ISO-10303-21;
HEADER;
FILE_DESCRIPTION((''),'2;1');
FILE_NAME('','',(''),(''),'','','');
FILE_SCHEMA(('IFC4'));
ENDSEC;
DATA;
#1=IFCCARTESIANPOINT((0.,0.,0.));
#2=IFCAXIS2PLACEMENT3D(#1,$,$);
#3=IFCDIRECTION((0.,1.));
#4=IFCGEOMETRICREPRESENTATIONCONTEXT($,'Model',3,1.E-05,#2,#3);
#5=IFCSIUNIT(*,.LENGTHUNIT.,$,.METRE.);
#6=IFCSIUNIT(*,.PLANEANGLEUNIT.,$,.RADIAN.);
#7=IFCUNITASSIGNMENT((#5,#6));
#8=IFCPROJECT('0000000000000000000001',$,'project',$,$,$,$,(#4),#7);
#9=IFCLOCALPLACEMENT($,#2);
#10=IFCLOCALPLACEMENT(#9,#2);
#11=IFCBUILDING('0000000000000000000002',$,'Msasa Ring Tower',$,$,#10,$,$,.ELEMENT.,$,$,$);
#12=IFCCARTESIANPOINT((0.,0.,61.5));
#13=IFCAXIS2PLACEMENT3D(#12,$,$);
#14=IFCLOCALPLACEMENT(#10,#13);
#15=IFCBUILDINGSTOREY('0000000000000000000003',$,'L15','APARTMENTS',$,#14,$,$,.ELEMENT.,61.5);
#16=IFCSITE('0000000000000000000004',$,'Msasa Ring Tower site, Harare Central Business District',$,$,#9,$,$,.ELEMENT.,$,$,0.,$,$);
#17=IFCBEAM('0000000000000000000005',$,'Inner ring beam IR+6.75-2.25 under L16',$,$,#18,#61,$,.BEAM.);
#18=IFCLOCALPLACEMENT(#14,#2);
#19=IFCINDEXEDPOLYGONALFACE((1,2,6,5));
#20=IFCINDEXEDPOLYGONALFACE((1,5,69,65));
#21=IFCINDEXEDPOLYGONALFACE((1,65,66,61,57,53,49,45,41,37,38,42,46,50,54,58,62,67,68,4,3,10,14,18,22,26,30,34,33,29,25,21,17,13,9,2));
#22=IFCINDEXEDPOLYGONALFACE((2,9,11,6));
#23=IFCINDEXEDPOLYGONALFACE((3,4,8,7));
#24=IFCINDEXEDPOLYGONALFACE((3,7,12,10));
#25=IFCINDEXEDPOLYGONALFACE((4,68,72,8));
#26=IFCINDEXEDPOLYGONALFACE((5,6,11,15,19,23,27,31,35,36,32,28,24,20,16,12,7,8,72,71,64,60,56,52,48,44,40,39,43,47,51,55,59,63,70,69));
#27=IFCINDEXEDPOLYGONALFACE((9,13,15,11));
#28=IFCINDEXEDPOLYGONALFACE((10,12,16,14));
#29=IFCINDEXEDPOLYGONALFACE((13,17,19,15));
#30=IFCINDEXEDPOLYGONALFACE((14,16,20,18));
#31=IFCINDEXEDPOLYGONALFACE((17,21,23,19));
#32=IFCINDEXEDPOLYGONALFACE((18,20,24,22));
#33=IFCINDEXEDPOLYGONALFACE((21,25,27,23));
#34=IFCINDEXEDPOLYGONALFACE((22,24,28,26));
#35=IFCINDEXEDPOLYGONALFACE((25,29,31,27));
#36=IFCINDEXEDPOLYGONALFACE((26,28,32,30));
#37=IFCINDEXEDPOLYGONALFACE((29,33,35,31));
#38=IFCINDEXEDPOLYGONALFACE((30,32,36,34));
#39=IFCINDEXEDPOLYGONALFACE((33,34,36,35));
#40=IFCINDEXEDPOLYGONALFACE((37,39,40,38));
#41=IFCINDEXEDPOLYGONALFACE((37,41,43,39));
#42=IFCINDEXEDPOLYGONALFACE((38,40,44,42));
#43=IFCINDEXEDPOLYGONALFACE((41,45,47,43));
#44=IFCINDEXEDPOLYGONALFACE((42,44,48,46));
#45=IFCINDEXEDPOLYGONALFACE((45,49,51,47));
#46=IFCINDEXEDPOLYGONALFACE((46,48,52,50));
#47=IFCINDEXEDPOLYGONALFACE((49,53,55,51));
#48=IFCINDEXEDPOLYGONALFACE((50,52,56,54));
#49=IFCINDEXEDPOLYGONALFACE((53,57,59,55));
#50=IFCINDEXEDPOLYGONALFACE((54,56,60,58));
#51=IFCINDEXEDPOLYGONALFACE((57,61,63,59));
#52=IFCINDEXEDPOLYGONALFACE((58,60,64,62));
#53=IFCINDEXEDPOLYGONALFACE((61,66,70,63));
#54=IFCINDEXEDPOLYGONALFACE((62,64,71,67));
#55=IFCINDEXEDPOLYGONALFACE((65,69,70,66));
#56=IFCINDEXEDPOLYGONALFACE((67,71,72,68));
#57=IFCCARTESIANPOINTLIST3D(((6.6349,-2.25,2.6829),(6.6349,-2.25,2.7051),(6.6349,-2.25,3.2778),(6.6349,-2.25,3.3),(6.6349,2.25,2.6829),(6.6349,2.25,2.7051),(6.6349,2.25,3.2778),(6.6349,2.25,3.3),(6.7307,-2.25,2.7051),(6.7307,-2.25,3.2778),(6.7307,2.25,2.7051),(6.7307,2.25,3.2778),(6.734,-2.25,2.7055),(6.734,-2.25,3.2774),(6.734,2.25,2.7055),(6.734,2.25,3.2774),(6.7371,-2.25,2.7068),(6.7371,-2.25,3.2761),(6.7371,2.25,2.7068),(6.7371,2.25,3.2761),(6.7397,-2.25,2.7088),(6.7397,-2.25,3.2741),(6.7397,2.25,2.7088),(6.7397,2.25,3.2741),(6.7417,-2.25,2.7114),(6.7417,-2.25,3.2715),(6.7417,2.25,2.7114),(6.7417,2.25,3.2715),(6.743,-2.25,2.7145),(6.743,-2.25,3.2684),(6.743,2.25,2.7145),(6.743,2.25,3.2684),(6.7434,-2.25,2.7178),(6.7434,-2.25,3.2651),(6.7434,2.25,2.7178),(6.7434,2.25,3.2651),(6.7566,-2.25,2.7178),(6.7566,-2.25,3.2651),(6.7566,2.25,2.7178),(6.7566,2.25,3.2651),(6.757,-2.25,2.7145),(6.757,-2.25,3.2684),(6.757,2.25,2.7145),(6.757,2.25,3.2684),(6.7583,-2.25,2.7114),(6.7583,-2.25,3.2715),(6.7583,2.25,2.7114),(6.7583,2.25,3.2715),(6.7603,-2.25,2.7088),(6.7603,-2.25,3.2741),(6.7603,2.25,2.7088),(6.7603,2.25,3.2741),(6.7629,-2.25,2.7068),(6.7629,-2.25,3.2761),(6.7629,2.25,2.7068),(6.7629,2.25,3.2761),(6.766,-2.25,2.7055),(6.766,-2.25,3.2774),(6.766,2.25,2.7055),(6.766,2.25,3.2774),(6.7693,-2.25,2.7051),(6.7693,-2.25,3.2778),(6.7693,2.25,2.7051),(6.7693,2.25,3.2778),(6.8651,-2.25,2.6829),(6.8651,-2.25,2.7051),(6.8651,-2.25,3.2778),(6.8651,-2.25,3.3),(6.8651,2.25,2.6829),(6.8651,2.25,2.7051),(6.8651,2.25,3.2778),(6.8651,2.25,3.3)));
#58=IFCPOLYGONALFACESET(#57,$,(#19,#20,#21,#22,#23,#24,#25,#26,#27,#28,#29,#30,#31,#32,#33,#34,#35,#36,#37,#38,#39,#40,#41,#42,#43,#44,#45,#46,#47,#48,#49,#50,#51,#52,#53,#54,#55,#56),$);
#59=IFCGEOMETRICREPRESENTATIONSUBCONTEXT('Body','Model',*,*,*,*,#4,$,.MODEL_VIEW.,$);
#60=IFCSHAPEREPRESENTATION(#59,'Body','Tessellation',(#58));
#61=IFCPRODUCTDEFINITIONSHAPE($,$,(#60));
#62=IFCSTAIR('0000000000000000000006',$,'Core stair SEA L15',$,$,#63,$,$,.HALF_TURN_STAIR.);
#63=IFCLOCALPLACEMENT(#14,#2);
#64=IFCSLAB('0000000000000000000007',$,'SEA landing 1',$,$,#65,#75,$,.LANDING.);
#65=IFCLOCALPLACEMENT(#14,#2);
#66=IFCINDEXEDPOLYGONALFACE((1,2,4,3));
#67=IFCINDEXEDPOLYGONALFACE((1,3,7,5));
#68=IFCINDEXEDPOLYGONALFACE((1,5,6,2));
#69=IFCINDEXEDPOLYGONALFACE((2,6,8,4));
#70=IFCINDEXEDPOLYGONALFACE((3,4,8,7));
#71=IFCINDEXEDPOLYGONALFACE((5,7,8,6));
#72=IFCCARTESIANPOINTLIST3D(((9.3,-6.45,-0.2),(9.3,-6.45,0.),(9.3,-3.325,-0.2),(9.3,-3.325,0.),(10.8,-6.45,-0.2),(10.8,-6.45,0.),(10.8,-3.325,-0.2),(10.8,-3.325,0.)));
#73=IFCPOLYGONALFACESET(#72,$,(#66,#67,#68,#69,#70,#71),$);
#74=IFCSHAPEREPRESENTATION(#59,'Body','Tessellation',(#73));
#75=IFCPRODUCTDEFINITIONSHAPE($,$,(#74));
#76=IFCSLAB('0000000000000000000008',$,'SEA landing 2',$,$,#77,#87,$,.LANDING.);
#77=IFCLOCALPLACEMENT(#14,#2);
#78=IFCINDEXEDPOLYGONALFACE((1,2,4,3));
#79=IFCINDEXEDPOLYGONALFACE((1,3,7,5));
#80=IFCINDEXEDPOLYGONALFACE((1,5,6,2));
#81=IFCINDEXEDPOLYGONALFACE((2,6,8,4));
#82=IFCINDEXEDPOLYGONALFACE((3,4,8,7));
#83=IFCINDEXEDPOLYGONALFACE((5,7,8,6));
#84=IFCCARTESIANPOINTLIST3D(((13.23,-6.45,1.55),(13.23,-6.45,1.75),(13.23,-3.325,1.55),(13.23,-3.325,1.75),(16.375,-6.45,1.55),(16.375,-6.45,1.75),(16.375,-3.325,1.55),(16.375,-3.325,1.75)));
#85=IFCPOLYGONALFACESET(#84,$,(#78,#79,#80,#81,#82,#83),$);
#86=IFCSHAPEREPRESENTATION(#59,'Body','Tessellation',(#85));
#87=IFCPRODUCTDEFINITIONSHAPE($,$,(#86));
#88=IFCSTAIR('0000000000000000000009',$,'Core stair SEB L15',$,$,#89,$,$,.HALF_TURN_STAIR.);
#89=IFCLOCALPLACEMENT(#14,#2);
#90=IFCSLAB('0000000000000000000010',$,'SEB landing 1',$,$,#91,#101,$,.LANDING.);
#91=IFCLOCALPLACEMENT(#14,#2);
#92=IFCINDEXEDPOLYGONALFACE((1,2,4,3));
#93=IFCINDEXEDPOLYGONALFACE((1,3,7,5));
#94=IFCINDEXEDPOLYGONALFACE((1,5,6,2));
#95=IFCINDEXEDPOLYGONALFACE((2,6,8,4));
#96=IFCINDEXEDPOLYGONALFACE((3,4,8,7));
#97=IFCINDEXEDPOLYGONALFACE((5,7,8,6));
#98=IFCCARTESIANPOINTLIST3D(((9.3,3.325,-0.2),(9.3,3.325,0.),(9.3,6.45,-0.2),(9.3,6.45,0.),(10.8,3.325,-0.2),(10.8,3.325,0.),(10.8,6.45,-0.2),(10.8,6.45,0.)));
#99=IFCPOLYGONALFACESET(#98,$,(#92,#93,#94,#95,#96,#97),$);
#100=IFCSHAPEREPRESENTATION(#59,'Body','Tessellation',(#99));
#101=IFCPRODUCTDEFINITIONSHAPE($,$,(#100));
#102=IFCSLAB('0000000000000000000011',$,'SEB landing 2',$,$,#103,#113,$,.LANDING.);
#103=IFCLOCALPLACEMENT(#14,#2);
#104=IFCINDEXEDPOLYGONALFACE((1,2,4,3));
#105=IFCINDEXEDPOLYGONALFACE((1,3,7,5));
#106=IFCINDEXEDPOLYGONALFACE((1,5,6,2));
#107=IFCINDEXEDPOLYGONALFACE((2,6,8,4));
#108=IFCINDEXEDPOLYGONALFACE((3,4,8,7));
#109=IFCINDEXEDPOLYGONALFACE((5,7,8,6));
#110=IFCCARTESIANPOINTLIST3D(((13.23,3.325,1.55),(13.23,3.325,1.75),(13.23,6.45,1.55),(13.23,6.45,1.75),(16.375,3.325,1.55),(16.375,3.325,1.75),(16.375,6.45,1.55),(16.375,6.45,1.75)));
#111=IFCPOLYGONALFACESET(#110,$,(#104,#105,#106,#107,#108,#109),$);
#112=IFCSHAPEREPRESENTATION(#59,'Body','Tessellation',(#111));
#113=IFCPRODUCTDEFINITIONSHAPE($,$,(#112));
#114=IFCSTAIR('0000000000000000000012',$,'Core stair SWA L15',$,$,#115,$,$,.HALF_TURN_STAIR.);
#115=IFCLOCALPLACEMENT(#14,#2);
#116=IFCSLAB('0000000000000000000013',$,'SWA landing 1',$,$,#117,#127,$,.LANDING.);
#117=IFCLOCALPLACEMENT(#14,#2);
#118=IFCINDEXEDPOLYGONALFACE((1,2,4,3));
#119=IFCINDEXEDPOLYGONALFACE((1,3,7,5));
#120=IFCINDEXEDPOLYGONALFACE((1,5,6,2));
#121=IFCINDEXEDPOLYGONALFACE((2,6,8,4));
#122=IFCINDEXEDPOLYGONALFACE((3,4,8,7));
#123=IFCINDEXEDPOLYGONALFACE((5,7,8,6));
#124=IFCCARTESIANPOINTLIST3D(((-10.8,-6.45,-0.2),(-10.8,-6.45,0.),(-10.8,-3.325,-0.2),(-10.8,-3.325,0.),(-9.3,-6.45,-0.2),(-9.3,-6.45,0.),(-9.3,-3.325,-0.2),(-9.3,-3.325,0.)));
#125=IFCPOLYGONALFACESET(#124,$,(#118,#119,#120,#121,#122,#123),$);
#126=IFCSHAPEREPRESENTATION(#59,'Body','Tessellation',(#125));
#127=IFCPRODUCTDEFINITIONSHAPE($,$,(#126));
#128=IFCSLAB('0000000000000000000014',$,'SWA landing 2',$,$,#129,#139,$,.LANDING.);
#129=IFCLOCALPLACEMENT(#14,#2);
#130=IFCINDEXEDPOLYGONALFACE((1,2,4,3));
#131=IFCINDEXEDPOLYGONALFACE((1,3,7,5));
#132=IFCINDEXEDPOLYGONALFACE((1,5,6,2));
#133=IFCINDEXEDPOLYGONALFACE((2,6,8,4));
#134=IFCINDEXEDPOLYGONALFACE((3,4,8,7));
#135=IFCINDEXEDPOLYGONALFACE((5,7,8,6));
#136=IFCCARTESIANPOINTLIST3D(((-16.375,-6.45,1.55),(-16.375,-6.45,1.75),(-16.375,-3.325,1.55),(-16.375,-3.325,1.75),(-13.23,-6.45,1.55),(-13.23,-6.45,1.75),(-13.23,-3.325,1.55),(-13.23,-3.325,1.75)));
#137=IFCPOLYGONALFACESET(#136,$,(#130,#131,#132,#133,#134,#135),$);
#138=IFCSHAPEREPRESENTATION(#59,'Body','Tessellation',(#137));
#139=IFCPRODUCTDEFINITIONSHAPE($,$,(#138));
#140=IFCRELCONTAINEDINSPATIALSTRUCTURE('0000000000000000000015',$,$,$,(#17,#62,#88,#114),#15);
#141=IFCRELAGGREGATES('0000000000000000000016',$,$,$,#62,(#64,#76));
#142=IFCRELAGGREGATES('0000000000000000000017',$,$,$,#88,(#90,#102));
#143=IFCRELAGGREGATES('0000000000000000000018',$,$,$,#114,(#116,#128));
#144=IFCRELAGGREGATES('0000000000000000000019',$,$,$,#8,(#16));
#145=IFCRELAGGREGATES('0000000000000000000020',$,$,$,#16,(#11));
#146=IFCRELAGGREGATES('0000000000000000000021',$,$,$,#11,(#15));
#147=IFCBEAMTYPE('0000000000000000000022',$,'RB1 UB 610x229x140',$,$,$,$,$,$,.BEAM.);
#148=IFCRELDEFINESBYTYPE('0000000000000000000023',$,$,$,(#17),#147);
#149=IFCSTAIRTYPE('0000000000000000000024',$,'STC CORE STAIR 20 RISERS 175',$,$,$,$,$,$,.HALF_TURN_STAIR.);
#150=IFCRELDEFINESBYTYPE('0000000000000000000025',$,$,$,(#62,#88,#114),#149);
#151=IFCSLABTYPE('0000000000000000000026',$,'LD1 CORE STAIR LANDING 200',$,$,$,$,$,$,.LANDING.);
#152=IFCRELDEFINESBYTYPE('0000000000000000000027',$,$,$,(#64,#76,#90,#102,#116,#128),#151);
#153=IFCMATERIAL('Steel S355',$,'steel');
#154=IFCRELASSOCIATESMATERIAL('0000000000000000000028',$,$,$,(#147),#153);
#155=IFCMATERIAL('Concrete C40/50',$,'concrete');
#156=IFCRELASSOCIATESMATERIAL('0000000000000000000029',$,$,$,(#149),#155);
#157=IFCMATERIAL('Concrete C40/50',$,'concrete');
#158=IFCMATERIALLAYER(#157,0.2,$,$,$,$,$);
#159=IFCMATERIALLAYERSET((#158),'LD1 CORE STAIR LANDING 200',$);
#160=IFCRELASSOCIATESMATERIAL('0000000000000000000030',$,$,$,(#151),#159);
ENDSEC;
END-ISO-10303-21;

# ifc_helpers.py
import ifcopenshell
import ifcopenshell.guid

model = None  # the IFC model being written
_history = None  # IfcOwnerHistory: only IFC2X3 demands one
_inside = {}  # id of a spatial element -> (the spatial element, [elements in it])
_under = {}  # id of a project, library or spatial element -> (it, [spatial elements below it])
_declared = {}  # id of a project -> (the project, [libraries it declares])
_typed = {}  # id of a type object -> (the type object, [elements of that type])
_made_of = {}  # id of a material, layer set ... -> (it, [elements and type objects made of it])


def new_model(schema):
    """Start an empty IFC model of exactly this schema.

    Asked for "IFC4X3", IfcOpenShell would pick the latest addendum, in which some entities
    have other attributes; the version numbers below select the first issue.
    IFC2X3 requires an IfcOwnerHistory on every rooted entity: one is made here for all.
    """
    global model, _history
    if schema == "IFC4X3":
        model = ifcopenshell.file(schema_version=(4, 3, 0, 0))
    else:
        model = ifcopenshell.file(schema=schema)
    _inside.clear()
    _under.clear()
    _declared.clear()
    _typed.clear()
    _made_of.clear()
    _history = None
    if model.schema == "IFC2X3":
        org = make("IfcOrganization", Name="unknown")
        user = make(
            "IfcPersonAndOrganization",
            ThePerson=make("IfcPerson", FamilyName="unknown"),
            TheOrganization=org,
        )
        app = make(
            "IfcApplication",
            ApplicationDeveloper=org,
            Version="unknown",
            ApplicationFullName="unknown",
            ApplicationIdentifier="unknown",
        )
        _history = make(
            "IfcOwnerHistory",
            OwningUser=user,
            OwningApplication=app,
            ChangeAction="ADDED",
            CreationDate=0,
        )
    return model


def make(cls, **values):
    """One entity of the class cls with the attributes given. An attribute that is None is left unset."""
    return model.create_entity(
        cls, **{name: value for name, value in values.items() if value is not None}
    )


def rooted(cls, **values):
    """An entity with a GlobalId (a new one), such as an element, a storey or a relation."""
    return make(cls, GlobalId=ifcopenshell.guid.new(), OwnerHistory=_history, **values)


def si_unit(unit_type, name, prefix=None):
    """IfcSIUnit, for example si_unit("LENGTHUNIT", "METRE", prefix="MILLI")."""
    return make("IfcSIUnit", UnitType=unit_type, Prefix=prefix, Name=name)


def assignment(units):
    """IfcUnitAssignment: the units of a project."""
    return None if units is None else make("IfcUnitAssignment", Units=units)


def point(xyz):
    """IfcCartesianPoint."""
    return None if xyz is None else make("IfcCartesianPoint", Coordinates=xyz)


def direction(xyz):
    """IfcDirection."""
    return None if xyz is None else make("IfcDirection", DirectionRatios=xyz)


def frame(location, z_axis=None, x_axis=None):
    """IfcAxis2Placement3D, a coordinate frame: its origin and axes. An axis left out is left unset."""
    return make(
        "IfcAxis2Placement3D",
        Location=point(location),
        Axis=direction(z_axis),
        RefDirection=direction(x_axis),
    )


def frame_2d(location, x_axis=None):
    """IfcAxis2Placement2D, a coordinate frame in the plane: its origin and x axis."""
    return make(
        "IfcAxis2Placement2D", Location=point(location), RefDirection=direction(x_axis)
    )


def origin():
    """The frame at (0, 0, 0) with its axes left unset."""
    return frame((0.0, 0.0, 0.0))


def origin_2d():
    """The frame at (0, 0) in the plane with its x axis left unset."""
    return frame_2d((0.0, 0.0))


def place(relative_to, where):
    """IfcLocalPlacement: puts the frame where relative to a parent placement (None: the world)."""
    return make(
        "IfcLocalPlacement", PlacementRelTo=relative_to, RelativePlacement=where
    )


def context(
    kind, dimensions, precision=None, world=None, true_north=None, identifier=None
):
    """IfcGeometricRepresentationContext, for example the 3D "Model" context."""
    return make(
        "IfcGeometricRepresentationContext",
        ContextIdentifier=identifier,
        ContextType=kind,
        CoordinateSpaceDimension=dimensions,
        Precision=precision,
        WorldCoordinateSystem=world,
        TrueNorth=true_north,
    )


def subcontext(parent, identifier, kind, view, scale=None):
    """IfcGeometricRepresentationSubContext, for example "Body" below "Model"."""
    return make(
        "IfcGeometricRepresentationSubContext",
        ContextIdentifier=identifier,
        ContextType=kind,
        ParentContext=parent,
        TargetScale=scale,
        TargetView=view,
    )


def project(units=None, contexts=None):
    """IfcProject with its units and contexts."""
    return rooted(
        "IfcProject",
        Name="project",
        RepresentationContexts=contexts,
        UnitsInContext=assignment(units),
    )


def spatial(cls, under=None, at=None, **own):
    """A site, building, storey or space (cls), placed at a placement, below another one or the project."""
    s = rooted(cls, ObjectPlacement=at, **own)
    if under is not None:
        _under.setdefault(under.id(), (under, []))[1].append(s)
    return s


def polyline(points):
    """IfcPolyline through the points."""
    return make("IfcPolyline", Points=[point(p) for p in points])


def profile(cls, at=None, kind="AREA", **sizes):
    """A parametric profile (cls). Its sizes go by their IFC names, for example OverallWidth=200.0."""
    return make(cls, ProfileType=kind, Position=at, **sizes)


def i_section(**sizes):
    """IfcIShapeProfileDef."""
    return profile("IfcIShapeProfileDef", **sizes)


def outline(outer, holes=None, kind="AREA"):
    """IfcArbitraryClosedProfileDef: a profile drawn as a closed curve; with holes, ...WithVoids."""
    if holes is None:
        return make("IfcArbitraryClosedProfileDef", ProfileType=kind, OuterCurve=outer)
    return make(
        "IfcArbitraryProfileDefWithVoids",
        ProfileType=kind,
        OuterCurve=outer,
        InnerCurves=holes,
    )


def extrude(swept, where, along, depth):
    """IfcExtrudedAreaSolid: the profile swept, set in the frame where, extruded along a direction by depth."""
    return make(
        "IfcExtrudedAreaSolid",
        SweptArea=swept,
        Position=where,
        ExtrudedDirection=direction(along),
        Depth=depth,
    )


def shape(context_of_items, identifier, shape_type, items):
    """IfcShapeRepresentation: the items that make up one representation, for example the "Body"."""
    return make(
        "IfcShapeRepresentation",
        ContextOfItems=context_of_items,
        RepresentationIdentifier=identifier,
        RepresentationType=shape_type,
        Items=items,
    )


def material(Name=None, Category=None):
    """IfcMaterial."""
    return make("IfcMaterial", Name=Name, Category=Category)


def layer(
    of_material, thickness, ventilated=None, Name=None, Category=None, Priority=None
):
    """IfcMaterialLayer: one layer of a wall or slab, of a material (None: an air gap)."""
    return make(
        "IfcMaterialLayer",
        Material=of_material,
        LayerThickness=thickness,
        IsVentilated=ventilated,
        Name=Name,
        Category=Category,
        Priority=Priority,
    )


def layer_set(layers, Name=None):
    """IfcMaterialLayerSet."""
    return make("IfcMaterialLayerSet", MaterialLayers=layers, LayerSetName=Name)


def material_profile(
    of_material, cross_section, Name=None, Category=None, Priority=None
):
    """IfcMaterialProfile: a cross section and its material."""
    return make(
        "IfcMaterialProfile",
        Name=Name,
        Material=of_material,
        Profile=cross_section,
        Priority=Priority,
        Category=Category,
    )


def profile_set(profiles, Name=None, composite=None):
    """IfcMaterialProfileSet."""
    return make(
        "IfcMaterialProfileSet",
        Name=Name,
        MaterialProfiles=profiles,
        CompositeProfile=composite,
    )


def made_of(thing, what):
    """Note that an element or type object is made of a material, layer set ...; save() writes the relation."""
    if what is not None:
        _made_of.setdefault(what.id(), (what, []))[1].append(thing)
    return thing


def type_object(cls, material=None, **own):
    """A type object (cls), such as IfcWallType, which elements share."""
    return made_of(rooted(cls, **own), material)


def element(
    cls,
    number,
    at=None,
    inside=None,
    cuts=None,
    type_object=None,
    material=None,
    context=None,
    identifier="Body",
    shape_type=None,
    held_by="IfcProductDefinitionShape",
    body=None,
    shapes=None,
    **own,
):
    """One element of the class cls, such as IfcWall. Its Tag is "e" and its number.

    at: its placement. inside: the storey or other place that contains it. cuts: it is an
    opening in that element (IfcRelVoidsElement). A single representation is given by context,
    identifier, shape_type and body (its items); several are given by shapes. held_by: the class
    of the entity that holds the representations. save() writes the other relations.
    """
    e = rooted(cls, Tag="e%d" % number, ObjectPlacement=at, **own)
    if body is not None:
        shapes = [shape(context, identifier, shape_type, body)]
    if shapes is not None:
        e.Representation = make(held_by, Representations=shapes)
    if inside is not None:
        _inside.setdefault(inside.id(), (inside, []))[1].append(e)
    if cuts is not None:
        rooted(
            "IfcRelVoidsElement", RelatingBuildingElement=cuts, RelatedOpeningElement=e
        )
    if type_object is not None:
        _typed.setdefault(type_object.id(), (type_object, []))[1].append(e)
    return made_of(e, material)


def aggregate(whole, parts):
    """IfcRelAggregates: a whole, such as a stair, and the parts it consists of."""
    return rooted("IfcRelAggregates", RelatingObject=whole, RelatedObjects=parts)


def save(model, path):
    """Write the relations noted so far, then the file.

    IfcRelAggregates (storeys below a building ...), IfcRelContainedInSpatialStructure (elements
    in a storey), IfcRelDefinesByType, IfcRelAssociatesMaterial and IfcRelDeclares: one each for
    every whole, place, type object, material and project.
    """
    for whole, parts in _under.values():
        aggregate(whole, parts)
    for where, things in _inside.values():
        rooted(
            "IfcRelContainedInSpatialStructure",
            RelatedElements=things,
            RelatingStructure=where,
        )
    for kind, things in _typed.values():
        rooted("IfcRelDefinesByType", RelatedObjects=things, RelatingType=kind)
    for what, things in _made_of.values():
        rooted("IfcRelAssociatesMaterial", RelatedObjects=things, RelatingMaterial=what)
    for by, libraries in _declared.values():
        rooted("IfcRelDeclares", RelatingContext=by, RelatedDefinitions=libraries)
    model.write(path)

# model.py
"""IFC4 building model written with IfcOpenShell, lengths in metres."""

from ifc_helpers import new_model, si_unit, direction, frame, origin, origin_2d, place, context, subcontext, project, spatial, polyline, i_section, outline, extrude, material, layer, layer_set, material_profile, profile_set, type_object, element, aggregate, save


model = new_model("IFC4")

# Units and contexts
model_context = context("Model", 3, precision=1e-05, world=origin(), true_north=direction((0.0, 1.0)))
body_context = subcontext(model_context, "Body", "Model", "MODEL_VIEW")
ifc_project = project(units=[si_unit("LENGTHUNIT", "METRE"), si_unit("PLANEANGLEUNIT", "RADIAN")], contexts=[model_context])

# Site, building, storey
site_placement = place(None, origin())
site = spatial("IfcSite", under=ifc_project, at=site_placement, Name="Msasa Ring Tower site, Harare Central Business District", CompositionType="ELEMENT", RefElevation=0.0)
building_placement = place(site_placement, origin())
building = spatial("IfcBuilding", under=site, at=building_placement, Name="Msasa Ring Tower", CompositionType="ELEMENT")
storey_placement = place(building_placement, frame((0.0, 0.0, 61.5)))
storey = spatial("IfcBuildingStorey", under=building, at=storey_placement, Name="L15", Description="APARTMENTS", CompositionType="ELEMENT", Elevation=61.5)

# Beam
ifc_material_1 = material(Name="Steel S355", Category="steel")
ifc_material_profile_1 = material_profile(ifc_material_1, i_section(OverallWidth=0.2302, OverallDepth=0.6172, WebThickness=0.0132, FlangeThickness=0.0222, FilletRadius=0.0127, at=origin_2d()), Name="UB 610x229x140")
ifc_profile_set_1 = profile_set([ifc_material_profile_1], Name="Steel S355")
beam_type = type_object("IfcBeamType", Name="RB1 UB 610x229x140", PredefinedType="BEAM", material=ifc_profile_set_1)
for number, where, z_axis, x_axis, name in (
    (1, (6.75, -2.25, 2.9915), (0.0, 1.0, 0.0), (-1.0, 0.0, 0.0), "Inner ring beam IR+6.75-2.25 under L16"),
):
    element("IfcBeam", number, at=place(storey_placement, frame(where, z_axis=z_axis, x_axis=x_axis)), inside=storey, type_object=beam_type, Name=name, PredefinedType="BEAM", context=body_context, shape_type="SweptSolid", body=[
        extrude(i_section(OverallWidth=0.2302, OverallDepth=0.6172, WebThickness=0.0132, FlangeThickness=0.0222, FilletRadius=0.0127, at=origin_2d()), origin(), (0.0, 0.0, 1.0), 4.5),
    ])

# Stairs, slabs
ifc_material_2 = material(Name="Concrete C40/50", Category="concrete")
stair_type = type_object("IfcStairType", Name="STC CORE STAIR 20 RISERS 175", PredefinedType="HALF_TURN_STAIR", material=ifc_material_2)
stair_1_placement = place(storey_placement, origin())
stair_1 = element("IfcStair", 2, at=stair_1_placement, inside=storey, type_object=stair_type, Name="Core stair SEA L15", PredefinedType="HALF_TURN_STAIR")
ifc_material_3 = material(Name="Concrete C40/50", Category="concrete")
ifc_layer = layer(ifc_material_3, 0.2)
ifc_layer_set = layer_set([ifc_layer], Name="LD1 CORE STAIR LANDING 200")
slab_type = type_object("IfcSlabType", Name="LD1 CORE STAIR LANDING 200", PredefinedType="LANDING", material=ifc_layer_set)
slab_1_placement = place(storey_placement, frame((0.0, 0.0, -0.2)))
slab_1 = element("IfcSlab", 3, at=slab_1_placement, type_object=slab_type, Name="SEA landing 1", PredefinedType="LANDING", context=body_context, shape_type="SweptSolid", body=[
    extrude(outline(polyline([(9.3, -6.45), (10.8, -6.45), (10.8, -3.325), (9.3, -3.325), (9.3, -6.45)])), origin(), (0.0, 0.0, 1.0), 0.2),
])
slab_2_placement = place(storey_placement, frame((0.0, 0.0, 1.55)))
slab_2 = element("IfcSlab", 4, at=slab_2_placement, type_object=slab_type, Name="SEA landing 2", PredefinedType="LANDING", context=body_context, shape_type="SweptSolid", body=[
    extrude(outline(polyline([(13.23, -6.45), (16.375, -6.45), (16.375, -3.325), (13.23, -3.325), (13.23, -6.45)])), origin(), (0.0, 0.0, 1.0), 0.2),
])
aggregate(stair_1, [slab_1, slab_2])
stair_2_placement = place(storey_placement, origin())
stair_2 = element("IfcStair", 5, at=stair_2_placement, inside=storey, type_object=stair_type, Name="Core stair SEB L15", PredefinedType="HALF_TURN_STAIR")
slab_3_placement = place(storey_placement, frame((0.0, 0.0, -0.2)))
slab_3 = element("IfcSlab", 6, at=slab_3_placement, type_object=slab_type, Name="SEB landing 1", PredefinedType="LANDING", context=body_context, shape_type="SweptSolid", body=[
    extrude(outline(polyline([(9.3, 3.325), (10.8, 3.325), (10.8, 6.45), (9.3, 6.45), (9.3, 3.325)])), origin(), (0.0, 0.0, 1.0), 0.2),
])
slab_4_placement = place(storey_placement, frame((0.0, 0.0, 1.55)))
slab_4 = element("IfcSlab", 7, at=slab_4_placement, type_object=slab_type, Name="SEB landing 2", PredefinedType="LANDING", context=body_context, shape_type="SweptSolid", body=[
    extrude(outline(polyline([(13.23, 3.325), (16.375, 3.325), (16.375, 6.45), (13.23, 6.45), (13.23, 3.325)])), origin(), (0.0, 0.0, 1.0), 0.2),
])
aggregate(stair_2, [slab_3, slab_4])
stair_3_placement = place(storey_placement, origin())
stair_3 = element("IfcStair", 8, at=stair_3_placement, inside=storey, type_object=stair_type, Name="Core stair SWA L15", PredefinedType="HALF_TURN_STAIR")
slab_5_placement = place(storey_placement, frame((0.0, 0.0, -0.2)))
slab_5 = element("IfcSlab", 9, at=slab_5_placement, type_object=slab_type, Name="SWA landing 1", PredefinedType="LANDING", context=body_context, shape_type="SweptSolid", body=[
    extrude(outline(polyline([(-10.8, -6.45), (-9.3, -6.45), (-9.3, -3.325), (-10.8, -3.325), (-10.8, -6.45)])), origin(), (0.0, 0.0, 1.0), 0.2),
])
slab_6_placement = place(storey_placement, frame((0.0, 0.0, 1.55)))
slab_6 = element("IfcSlab", 10, at=slab_6_placement, type_object=slab_type, Name="SWA landing 2", PredefinedType="LANDING", context=body_context, shape_type="SweptSolid", body=[
    extrude(outline(polyline([(-16.375, -6.45), (-13.23, -6.45), (-13.23, -3.325), (-16.375, -3.325), (-16.375, -6.45)])), origin(), (0.0, 0.0, 1.0), 0.2),
])
aggregate(stair_3, [slab_5, slab_6])

save(model, "model.ifc")
